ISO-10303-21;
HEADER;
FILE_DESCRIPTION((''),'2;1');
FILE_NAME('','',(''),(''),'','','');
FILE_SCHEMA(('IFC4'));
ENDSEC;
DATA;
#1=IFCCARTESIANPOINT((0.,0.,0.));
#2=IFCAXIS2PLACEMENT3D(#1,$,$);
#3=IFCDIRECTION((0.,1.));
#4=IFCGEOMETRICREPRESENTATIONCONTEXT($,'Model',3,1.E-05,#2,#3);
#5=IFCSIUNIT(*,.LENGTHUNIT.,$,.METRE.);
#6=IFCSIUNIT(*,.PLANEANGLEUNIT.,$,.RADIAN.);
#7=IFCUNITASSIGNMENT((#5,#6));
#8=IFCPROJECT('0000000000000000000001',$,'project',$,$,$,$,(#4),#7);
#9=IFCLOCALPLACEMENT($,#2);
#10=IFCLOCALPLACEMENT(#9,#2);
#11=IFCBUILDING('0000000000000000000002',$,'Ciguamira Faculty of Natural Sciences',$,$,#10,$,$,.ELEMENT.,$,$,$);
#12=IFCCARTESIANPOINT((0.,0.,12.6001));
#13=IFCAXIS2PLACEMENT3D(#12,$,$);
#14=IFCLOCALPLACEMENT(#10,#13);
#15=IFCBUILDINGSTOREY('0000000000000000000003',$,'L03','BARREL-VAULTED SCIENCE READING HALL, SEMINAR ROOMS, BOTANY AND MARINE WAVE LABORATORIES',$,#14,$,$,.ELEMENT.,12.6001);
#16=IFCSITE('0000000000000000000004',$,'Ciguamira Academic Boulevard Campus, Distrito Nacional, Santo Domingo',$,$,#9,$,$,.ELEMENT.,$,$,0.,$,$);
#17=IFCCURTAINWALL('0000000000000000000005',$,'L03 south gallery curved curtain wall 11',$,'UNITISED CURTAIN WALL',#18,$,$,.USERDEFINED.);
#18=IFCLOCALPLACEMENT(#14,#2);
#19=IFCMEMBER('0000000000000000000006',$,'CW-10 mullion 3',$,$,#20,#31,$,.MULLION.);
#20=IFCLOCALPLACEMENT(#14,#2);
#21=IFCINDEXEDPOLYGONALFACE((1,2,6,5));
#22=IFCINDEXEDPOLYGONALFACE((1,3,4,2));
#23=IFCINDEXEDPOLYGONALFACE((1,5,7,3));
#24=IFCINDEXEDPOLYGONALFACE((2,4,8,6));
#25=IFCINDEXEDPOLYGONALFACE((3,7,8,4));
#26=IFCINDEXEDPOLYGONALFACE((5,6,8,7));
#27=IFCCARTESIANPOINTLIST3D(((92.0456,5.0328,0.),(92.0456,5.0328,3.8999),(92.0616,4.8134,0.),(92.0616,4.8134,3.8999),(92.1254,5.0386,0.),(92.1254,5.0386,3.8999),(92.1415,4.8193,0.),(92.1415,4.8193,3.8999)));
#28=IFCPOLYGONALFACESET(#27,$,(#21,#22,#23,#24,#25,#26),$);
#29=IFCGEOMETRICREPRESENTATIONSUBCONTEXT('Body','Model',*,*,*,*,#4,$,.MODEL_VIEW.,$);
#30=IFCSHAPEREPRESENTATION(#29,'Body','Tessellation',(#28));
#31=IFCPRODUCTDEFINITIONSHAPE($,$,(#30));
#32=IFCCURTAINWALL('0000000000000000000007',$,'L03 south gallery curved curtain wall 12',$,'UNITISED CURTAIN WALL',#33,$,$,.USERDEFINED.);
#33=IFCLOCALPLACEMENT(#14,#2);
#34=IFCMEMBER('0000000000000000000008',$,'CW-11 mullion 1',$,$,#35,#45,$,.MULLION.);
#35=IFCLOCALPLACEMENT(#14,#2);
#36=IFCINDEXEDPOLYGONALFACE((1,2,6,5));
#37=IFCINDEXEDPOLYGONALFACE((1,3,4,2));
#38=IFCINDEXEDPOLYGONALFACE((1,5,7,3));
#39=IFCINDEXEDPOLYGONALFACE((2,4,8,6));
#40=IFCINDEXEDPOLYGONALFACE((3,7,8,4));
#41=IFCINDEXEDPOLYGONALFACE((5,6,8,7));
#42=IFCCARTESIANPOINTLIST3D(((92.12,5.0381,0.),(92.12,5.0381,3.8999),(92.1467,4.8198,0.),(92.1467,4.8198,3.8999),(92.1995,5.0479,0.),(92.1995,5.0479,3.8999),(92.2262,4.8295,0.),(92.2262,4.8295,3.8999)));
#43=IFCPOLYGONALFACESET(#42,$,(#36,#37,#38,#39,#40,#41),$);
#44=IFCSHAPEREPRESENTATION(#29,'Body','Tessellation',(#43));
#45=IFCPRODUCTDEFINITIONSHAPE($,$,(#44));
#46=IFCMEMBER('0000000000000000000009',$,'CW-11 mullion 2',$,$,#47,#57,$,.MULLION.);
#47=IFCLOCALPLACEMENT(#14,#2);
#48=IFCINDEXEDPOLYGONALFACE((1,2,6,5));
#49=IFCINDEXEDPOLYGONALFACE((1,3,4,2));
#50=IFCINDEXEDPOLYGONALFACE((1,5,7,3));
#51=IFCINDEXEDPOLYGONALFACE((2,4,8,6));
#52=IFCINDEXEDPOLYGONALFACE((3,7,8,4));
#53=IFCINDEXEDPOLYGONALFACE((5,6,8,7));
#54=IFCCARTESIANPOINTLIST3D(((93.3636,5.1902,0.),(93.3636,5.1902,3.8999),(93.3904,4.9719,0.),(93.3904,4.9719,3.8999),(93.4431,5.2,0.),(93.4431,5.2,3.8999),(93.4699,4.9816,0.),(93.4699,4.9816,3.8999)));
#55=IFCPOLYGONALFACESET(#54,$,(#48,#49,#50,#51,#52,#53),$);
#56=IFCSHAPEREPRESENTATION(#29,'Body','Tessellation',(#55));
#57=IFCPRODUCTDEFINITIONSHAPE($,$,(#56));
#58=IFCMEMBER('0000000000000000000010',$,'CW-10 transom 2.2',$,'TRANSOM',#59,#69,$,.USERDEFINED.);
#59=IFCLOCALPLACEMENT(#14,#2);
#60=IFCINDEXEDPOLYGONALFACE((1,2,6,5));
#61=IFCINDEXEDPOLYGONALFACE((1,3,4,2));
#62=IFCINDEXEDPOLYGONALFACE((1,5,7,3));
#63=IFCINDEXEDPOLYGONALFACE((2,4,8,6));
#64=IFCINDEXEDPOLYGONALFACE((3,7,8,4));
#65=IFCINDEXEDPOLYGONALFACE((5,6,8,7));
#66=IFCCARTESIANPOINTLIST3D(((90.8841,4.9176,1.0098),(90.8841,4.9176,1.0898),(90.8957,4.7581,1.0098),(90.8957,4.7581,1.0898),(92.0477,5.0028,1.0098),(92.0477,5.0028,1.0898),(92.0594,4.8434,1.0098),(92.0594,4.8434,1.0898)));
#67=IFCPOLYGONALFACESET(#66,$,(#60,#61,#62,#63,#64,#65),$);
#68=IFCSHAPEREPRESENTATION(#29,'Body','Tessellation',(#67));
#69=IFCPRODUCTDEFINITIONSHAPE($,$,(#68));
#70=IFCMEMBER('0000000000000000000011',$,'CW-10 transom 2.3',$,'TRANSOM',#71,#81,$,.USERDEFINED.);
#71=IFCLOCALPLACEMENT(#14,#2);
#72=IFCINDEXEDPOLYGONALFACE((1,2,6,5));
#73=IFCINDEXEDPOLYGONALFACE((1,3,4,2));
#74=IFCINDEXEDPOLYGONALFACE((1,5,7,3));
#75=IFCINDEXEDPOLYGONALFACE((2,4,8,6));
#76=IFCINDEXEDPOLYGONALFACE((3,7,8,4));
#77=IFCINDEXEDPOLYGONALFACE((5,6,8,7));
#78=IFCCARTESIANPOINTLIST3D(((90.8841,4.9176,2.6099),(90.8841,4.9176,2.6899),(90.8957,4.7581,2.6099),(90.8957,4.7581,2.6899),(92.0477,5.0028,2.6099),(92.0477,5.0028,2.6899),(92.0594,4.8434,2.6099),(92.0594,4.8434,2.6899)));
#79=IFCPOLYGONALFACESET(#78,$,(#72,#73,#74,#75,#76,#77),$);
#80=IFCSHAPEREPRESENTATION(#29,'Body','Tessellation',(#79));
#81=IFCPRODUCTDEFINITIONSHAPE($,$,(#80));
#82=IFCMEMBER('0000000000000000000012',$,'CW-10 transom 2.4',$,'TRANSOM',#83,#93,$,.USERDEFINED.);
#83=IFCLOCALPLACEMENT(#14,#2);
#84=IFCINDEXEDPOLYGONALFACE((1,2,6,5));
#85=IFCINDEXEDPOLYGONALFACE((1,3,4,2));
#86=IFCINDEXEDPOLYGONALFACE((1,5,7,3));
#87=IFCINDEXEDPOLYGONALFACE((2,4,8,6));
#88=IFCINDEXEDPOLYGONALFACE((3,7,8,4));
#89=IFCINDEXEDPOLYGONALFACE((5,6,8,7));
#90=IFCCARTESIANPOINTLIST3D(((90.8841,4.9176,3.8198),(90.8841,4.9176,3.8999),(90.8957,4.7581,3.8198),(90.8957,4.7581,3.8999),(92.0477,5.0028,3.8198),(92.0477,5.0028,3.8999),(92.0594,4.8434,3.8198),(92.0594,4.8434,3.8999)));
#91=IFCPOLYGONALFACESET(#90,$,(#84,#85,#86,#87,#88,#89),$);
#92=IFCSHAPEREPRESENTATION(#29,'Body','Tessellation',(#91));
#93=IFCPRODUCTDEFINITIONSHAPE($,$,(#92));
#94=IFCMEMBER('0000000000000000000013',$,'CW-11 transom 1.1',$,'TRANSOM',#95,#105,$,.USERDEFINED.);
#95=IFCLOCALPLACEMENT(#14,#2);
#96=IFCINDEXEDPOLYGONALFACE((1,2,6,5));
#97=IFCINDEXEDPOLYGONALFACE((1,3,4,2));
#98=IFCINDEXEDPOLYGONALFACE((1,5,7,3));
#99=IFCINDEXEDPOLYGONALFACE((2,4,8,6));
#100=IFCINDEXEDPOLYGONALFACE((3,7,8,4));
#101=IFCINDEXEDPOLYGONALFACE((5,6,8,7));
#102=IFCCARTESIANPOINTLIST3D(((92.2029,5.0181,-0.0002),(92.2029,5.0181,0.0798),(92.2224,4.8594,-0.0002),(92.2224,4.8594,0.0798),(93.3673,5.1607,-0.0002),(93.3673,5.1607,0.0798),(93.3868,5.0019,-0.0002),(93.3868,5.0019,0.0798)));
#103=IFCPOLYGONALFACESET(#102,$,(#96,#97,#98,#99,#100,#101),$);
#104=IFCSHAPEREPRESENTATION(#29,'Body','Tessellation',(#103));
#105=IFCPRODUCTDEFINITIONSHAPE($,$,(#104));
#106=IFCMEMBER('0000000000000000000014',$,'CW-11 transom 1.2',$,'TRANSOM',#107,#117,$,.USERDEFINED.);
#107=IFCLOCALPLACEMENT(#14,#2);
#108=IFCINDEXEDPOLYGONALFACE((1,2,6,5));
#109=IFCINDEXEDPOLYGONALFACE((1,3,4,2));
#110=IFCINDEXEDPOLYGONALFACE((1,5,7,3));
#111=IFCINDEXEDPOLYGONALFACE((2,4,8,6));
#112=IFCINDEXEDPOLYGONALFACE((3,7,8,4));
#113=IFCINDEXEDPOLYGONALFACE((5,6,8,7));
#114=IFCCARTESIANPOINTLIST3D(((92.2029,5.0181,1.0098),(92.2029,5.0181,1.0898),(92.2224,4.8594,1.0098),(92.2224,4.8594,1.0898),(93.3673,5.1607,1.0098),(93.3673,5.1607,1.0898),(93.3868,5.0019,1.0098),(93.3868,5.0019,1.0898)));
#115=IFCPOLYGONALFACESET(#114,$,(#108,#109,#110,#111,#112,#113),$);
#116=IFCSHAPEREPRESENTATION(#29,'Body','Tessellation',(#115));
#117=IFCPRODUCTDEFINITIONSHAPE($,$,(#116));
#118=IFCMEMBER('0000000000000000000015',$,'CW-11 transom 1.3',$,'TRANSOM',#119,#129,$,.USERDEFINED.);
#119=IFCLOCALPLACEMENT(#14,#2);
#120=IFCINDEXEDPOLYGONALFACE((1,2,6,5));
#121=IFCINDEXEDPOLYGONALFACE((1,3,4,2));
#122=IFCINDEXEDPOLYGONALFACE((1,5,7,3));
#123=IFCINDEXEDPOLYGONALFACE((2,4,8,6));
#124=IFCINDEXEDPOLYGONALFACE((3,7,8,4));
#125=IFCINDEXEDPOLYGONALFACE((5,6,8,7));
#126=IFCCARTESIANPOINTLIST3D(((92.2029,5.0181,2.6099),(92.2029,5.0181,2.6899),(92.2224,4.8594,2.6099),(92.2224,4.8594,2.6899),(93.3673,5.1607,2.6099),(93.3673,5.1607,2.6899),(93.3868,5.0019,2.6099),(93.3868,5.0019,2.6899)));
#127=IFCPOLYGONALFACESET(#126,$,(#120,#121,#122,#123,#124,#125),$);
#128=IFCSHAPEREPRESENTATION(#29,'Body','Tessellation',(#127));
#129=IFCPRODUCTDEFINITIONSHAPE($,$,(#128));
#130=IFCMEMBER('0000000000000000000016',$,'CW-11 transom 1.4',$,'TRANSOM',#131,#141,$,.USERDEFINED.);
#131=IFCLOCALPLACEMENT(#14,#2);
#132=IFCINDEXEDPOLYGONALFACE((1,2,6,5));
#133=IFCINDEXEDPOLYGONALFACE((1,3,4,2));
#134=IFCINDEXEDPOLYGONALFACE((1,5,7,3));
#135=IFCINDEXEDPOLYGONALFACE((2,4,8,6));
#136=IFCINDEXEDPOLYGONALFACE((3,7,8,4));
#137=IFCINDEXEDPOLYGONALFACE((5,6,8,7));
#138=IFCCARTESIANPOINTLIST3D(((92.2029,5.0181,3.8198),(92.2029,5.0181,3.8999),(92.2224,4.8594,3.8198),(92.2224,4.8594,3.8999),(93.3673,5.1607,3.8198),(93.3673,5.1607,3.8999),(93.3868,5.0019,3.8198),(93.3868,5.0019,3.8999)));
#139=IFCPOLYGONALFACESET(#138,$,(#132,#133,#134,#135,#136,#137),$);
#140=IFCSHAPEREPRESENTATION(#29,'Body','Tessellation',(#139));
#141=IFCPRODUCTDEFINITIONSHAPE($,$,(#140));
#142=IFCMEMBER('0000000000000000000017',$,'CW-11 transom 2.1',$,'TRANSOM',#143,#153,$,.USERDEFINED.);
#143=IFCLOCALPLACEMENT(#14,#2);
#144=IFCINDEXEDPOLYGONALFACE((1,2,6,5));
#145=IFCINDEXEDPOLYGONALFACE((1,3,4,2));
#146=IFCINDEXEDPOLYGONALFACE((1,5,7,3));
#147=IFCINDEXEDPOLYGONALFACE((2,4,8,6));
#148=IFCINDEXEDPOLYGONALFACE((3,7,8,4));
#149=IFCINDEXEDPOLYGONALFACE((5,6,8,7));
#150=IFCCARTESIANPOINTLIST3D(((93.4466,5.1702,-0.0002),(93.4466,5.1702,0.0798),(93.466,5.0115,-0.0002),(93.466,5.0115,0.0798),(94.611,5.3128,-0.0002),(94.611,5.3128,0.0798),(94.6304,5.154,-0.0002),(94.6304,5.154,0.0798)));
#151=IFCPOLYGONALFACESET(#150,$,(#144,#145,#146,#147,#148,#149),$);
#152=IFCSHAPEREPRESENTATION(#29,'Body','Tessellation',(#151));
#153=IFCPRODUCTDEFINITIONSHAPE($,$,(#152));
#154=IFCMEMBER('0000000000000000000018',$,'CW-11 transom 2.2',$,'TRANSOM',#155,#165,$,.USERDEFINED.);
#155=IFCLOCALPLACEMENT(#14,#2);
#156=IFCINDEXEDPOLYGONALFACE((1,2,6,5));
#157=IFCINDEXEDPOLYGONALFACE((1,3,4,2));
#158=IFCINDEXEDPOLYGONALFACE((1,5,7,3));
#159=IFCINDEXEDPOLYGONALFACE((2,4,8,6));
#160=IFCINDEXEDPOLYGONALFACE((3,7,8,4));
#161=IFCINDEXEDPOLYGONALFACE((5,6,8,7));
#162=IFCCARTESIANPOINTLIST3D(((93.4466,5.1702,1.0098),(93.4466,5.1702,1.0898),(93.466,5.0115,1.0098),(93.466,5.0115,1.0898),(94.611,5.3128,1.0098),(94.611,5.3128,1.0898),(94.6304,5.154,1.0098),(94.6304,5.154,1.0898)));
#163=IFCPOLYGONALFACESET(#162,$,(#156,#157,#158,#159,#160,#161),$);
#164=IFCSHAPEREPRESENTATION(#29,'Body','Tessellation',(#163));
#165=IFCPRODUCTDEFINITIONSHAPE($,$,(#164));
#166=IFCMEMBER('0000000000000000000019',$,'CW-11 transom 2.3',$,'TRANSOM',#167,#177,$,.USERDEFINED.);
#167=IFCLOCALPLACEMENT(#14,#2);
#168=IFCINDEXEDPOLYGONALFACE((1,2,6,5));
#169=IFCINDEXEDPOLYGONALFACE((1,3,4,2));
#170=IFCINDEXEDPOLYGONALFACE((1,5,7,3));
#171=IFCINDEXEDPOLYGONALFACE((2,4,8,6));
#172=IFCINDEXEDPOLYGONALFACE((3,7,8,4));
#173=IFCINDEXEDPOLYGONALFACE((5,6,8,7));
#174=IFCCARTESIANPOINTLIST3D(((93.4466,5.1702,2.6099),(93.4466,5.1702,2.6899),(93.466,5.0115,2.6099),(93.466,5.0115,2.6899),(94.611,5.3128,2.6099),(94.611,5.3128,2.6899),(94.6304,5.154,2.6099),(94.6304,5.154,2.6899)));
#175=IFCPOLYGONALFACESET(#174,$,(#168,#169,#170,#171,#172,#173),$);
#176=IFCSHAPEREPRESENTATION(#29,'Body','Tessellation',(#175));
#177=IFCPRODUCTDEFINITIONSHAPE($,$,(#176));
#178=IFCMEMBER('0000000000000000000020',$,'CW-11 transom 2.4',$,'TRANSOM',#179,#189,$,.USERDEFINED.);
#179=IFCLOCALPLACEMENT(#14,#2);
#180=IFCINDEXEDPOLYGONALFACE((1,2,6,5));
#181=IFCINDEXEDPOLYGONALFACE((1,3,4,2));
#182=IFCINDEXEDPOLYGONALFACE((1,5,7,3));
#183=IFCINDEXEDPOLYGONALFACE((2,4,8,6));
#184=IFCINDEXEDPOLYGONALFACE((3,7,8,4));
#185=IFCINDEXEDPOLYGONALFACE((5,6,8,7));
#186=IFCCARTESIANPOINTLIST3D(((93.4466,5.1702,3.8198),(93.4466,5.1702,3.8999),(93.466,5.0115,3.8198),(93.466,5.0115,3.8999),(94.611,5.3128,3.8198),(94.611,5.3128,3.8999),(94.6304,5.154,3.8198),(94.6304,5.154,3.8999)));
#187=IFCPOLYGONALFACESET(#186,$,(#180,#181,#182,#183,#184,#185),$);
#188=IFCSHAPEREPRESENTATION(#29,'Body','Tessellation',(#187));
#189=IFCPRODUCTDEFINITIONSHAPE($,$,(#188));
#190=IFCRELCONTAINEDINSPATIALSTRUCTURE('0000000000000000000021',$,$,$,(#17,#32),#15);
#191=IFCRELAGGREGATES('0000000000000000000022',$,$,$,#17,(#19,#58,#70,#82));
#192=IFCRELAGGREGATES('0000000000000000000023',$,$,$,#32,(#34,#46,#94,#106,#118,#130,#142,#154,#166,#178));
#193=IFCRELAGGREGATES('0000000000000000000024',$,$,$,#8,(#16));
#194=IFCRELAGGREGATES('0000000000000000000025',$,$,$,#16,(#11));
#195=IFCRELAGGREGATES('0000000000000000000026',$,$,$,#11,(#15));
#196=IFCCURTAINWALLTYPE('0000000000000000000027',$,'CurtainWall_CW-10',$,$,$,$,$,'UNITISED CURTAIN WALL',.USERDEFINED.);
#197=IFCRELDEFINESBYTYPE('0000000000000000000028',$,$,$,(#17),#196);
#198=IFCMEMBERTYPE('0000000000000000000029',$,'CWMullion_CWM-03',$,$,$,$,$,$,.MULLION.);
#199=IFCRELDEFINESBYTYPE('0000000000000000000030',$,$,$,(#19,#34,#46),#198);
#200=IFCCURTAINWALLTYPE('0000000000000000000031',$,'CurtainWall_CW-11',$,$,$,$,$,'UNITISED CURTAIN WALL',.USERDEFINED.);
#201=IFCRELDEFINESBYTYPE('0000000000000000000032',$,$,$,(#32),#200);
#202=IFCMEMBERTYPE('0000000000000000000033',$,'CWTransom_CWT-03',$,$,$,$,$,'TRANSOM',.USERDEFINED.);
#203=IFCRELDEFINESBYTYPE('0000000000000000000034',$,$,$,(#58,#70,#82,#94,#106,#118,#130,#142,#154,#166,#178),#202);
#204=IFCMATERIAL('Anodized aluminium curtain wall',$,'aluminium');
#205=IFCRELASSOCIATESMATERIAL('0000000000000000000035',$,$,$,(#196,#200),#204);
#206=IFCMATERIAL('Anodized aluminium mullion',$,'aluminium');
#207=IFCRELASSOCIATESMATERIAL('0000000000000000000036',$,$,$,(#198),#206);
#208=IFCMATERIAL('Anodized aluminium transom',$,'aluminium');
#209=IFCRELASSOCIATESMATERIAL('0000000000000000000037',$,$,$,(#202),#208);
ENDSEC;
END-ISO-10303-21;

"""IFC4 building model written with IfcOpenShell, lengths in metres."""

from ifc_helpers import new_model, si_unit, direction, frame, origin, origin_2d, place, context, subcontext, project, spatial, rectangle, extrude, material, material_profile, profile_set, type_object, element, aggregate, save


model = new_model("IFC4")

# Units and contexts
model_context = context("Model", 3, precision=1e-05, world=origin(), true_north=direction((0.0, 1.0)))
body_context = subcontext(model_context, "Body", "Model", "MODEL_VIEW")
ifc_project = project(units=[si_unit("LENGTHUNIT", "METRE"), si_unit("PLANEANGLEUNIT", "RADIAN")], contexts=[model_context])

# Site, building, storey
site_placement = place(None, origin())
site = spatial("IfcSite", under=ifc_project, at=site_placement, Name="Ciguamira Academic Boulevard Campus, Distrito Nacional, Santo Domingo", CompositionType="ELEMENT", RefElevation=0.0)
building_placement = place(site_placement, origin())
building = spatial("IfcBuilding", under=site, at=building_placement, Name="Ciguamira Faculty of Natural Sciences", CompositionType="ELEMENT")
storey_placement = place(building_placement, frame((0.0, 0.0, 12.6001)))
storey = spatial("IfcBuildingStorey", under=building, at=storey_placement, Name="L03", Description="BARREL-VAULTED SCIENCE READING HALL, SEMINAR ROOMS, BOTANY AND MARINE WAVE LABORATORIES", CompositionType="ELEMENT", Elevation=12.6001)

# Curtain wall, member
ifc_material_1 = material(Name="Anodized aluminium curtain wall", Category="aluminium")
curtain_wall_type_1 = type_object("IfcCurtainWallType", Name="CurtainWall_CW-10", ElementType="UNITISED CURTAIN WALL", PredefinedType="USERDEFINED", material=ifc_material_1)
curtain_wall_1_placement = place(storey_placement, origin())
curtain_wall_1 = element("IfcCurtainWall", 1, at=curtain_wall_1_placement, inside=storey, type_object=curtain_wall_type_1, Name="L03 south gallery curved curtain wall 11", ObjectType="UNITISED CURTAIN WALL", PredefinedType="USERDEFINED")
ifc_material_2 = material(Name="Anodized aluminium mullion", Category="aluminium")
ifc_material_profile_1 = material_profile(ifc_material_2, rectangle(XDim=0.0801, YDim=0.22, at=origin_2d()), Name="ALU-MUL-80X220")
ifc_profile_set_1 = profile_set([ifc_material_profile_1], Name="Anodized aluminium mullion")
member_type_1 = type_object("IfcMemberType", Name="CWMullion_CWM-03", PredefinedType="MULLION", material=ifc_profile_set_1)
member_1_placement = place(storey_placement, frame((92.0935, 4.926, 0.0), z_axis=(0.0, 0.0, 1.0), x_axis=(0.997337, 0.072937, 0.0)))
member_1 = element("IfcMember", 2, at=member_1_placement, type_object=member_type_1, Name="CW-10 mullion 3", PredefinedType="MULLION", context=body_context, shape_type="SweptSolid", body=[
    extrude(rectangle(XDim=0.0801, YDim=0.22, at=origin_2d()), origin(), (0.0, 0.0, 1.0), 3.8999),
])

# Curtain wall, members
curtain_wall_type_2 = type_object("IfcCurtainWallType", Name="CurtainWall_CW-11", ElementType="UNITISED CURTAIN WALL", PredefinedType="USERDEFINED", material=ifc_material_1)
curtain_wall_2_placement = place(storey_placement, origin())
curtain_wall_2 = element("IfcCurtainWall", 3, at=curtain_wall_2_placement, inside=storey, type_object=curtain_wall_type_2, Name="L03 south gallery curved curtain wall 12", ObjectType="UNITISED CURTAIN WALL", PredefinedType="USERDEFINED")
member_2_placement = place(storey_placement, frame((92.1731, 4.9338, 0.0), z_axis=(0.0, 0.0, 1.0), x_axis=(0.992586, 0.121545, 0.0)))
member_2 = element("IfcMember", 4, at=member_2_placement, type_object=member_type_1, Name="CW-11 mullion 1", PredefinedType="MULLION", context=body_context, shape_type="SweptSolid", body=[
    extrude(rectangle(XDim=0.0801, YDim=0.22, at=origin_2d()), origin(), (0.0, 0.0, 1.0), 3.8999),
])
member_3_placement = place(storey_placement, frame((93.4167, 5.0859, 0.0), z_axis=(0.0, 0.0, 1.0), x_axis=(0.992586, 0.121545, 0.0)))
member_3 = element("IfcMember", 5, at=member_3_placement, type_object=member_type_1, Name="CW-11 mullion 2", PredefinedType="MULLION", context=body_context, shape_type="SweptSolid", body=[
    extrude(rectangle(XDim=0.0801, YDim=0.22, at=origin_2d()), origin(), (0.0, 0.0, 1.0), 3.8999),
])

# Members
ifc_material_3 = material(Name="Anodized aluminium transom", Category="aluminium")
ifc_material_profile_2 = material_profile(ifc_material_3, rectangle(XDim=0.0801, YDim=0.1599, at=origin_2d()), Name="ALU-TRN-80X160")
ifc_profile_set_2 = profile_set([ifc_material_profile_2], Name="Anodized aluminium transom")
member_type_2 = type_object("IfcMemberType", Name="CWTransom_CWT-03", ElementType="TRANSOM", PredefinedType="USERDEFINED", material=ifc_profile_set_2)
member_4_placement = place(storey_placement, frame((90.8899, 4.8379, 1.0498), z_axis=(0.99733, 0.073031, 0.0), x_axis=(0.0, 0.0, 1.0)))
member_4 = element("IfcMember", 6, at=member_4_placement, type_object=member_type_2, Name="CW-10 transom 2.2", ObjectType="TRANSOM", PredefinedType="USERDEFINED", context=body_context, shape_type="SweptSolid", body=[
    extrude(rectangle(XDim=0.0801, YDim=0.1599, at=origin_2d()), origin(), (0.0, 0.0, 1.0), 1.1667),
])
member_5_placement = place(storey_placement, frame((90.8899, 4.8379, 2.6499), z_axis=(0.99733, 0.073031, 0.0), x_axis=(0.0, 0.0, 1.0)))
member_5 = element("IfcMember", 7, at=member_5_placement, type_object=member_type_2, Name="CW-10 transom 2.3", ObjectType="TRANSOM", PredefinedType="USERDEFINED", context=body_context, shape_type="SweptSolid", body=[
    extrude(rectangle(XDim=0.0801, YDim=0.1599, at=origin_2d()), origin(), (0.0, 0.0, 1.0), 1.1667),
])
member_6_placement = place(storey_placement, frame((90.8899, 4.8379, 3.8599), z_axis=(0.99733, 0.073031, 0.0), x_axis=(0.0, 0.0, 1.0)))
member_6 = element("IfcMember", 8, at=member_6_placement, type_object=member_type_2, Name="CW-10 transom 2.4", ObjectType="TRANSOM", PredefinedType="USERDEFINED", context=body_context, shape_type="SweptSolid", body=[
    extrude(rectangle(XDim=0.0801, YDim=0.1599, at=origin_2d()), origin(), (0.0, 0.0, 1.0), 1.1667),
])
member_7_placement = place(storey_placement, frame((92.2126, 4.9387, 0.0398), z_axis=(0.992585, 0.12155, 0.0), x_axis=(0.0, 0.0, 1.0)))
member_7 = element("IfcMember", 9, at=member_7_placement, type_object=member_type_2, Name="CW-11 transom 1.1", ObjectType="TRANSOM", PredefinedType="USERDEFINED", context=body_context, shape_type="SweptSolid", body=[
    extrude(rectangle(XDim=0.0801, YDim=0.1599, at=origin_2d()), origin(), (0.0, 0.0, 1.0), 1.1731),
])
member_8_placement = place(storey_placement, frame((92.2126, 4.9387, 1.0498), z_axis=(0.992585, 0.12155, 0.0), x_axis=(0.0, 0.0, 1.0)))
member_8 = element("IfcMember", 10, at=member_8_placement, type_object=member_type_2, Name="CW-11 transom 1.2", ObjectType="TRANSOM", PredefinedType="USERDEFINED", context=body_context, shape_type="SweptSolid", body=[
    extrude(rectangle(XDim=0.0801, YDim=0.1599, at=origin_2d()), origin(), (0.0, 0.0, 1.0), 1.1731),
])
member_9_placement = place(storey_placement, frame((92.2126, 4.9387, 2.6499), z_axis=(0.992585, 0.12155, 0.0), x_axis=(0.0, 0.0, 1.0)))
member_9 = element("IfcMember", 11, at=member_9_placement, type_object=member_type_2, Name="CW-11 transom 1.3", ObjectType="TRANSOM", PredefinedType="USERDEFINED", context=body_context, shape_type="SweptSolid", body=[
    extrude(rectangle(XDim=0.0801, YDim=0.1599, at=origin_2d()), origin(), (0.0, 0.0, 1.0), 1.1731),
])
member_10_placement = place(storey_placement, frame((92.2126, 4.9387, 3.8599), z_axis=(0.992585, 0.12155, 0.0), x_axis=(0.0, 0.0, 1.0)))
member_10 = element("IfcMember", 12, at=member_10_placement, type_object=member_type_2, Name="CW-11 transom 1.4", ObjectType="TRANSOM", PredefinedType="USERDEFINED", context=body_context, shape_type="SweptSolid", body=[
    extrude(rectangle(XDim=0.0801, YDim=0.1599, at=origin_2d()), origin(), (0.0, 0.0, 1.0), 1.1731),
])
member_11_placement = place(storey_placement, frame((93.4563, 5.0908, 0.0398), z_axis=(0.992585, 0.12155, 0.0), x_axis=(0.0, 0.0, 1.0)))
member_11 = element("IfcMember", 13, at=member_11_placement, type_object=member_type_2, Name="CW-11 transom 2.1", ObjectType="TRANSOM", PredefinedType="USERDEFINED", context=body_context, shape_type="SweptSolid", body=[
    extrude(rectangle(XDim=0.0801, YDim=0.1599, at=origin_2d()), origin(), (0.0, 0.0, 1.0), 1.1731),
])
member_12_placement = place(storey_placement, frame((93.4563, 5.0908, 1.0498), z_axis=(0.992585, 0.12155, 0.0), x_axis=(0.0, 0.0, 1.0)))
member_12 = element("IfcMember", 14, at=member_12_placement, type_object=member_type_2, Name="CW-11 transom 2.2", ObjectType="TRANSOM", PredefinedType="USERDEFINED", context=body_context, shape_type="SweptSolid", body=[
    extrude(rectangle(XDim=0.0801, YDim=0.1599, at=origin_2d()), origin(), (0.0, 0.0, 1.0), 1.1731),
])
member_13_placement = place(storey_placement, frame((93.4563, 5.0908, 2.6499), z_axis=(0.992585, 0.12155, 0.0), x_axis=(0.0, 0.0, 1.0)))
member_13 = element("IfcMember", 15, at=member_13_placement, type_object=member_type_2, Name="CW-11 transom 2.3", ObjectType="TRANSOM", PredefinedType="USERDEFINED", context=body_context, shape_type="SweptSolid", body=[
    extrude(rectangle(XDim=0.0801, YDim=0.1599, at=origin_2d()), origin(), (0.0, 0.0, 1.0), 1.1731),
])
member_14_placement = place(storey_placement, frame((93.4563, 5.0908, 3.8599), z_axis=(0.992585, 0.12155, 0.0), x_axis=(0.0, 0.0, 1.0)))
member_14 = element("IfcMember", 16, at=member_14_placement, type_object=member_type_2, Name="CW-11 transom 2.4", ObjectType="TRANSOM", PredefinedType="USERDEFINED", context=body_context, shape_type="SweptSolid", body=[
    extrude(rectangle(XDim=0.0801, YDim=0.1599, at=origin_2d()), origin(), (0.0, 0.0, 1.0), 1.1731),
])

aggregate(curtain_wall_1, [member_1, member_4, member_5, member_6])
aggregate(curtain_wall_2, [member_2, member_3, member_7, member_8, member_9, member_10, member_11, member_12, member_13, member_14])

save(model, "model.ifc")
